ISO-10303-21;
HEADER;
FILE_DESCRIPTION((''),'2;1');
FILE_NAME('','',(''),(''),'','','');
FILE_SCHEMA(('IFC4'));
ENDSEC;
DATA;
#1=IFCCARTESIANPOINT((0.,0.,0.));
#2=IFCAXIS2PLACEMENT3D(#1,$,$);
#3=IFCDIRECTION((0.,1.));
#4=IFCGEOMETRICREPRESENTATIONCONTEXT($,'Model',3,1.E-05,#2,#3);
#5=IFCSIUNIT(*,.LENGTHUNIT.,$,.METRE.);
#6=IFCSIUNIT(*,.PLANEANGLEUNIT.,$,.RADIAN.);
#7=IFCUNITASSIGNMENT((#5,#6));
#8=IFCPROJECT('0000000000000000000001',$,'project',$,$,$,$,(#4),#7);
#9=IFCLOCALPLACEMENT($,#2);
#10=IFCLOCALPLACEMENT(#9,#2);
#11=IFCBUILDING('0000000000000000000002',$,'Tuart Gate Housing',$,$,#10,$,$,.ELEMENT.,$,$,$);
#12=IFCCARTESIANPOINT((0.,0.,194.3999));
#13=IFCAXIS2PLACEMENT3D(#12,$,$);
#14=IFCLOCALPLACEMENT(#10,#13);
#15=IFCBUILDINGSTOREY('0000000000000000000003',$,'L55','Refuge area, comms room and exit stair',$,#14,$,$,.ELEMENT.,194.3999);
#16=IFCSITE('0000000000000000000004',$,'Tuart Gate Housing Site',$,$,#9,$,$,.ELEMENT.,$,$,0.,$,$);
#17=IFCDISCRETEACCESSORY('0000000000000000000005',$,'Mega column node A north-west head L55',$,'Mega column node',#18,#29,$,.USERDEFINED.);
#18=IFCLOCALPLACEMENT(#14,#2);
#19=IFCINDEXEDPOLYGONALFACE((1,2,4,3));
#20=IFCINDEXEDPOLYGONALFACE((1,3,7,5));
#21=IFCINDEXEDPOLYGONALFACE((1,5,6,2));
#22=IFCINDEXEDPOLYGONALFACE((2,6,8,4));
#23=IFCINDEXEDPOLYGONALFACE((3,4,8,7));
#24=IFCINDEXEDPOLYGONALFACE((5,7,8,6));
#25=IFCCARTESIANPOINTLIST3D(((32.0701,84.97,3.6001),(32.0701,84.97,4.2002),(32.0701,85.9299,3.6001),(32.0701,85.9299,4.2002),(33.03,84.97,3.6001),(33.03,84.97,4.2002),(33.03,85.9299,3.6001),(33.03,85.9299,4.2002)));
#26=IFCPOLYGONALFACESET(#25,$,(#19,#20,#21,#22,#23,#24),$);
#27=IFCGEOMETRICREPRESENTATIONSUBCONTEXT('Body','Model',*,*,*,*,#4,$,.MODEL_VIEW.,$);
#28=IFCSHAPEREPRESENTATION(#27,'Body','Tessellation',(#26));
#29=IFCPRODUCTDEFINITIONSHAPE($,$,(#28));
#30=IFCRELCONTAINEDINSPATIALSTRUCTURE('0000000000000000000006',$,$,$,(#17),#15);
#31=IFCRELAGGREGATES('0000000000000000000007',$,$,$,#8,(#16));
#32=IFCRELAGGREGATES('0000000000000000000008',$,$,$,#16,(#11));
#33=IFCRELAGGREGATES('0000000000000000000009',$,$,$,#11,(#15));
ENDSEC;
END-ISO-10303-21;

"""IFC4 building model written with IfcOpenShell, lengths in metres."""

from ifc_helpers import new_model, si_unit, direction, frame, origin, origin_2d, place, context, subcontext, project, spatial, rectangle, extrude, element, save


model = new_model("IFC4")

# Units and contexts
model_context = context("Model", 3, precision=1e-05, world=origin(), true_north=direction((0.0, 1.0)))
body_context = subcontext(model_context, "Body", "Model", "MODEL_VIEW")
ifc_project = project(units=[si_unit("LENGTHUNIT", "METRE"), si_unit("PLANEANGLEUNIT", "RADIAN")], contexts=[model_context])

# Site, building, storey
site_placement = place(None, origin())
site = spatial("IfcSite", under=ifc_project, at=site_placement, Name="Tuart Gate Housing Site", CompositionType="ELEMENT", RefElevation=0.0)
building_placement = place(site_placement, origin())
building = spatial("IfcBuilding", under=site, at=building_placement, Name="Tuart Gate Housing", CompositionType="ELEMENT")
storey_placement = place(building_placement, frame((0.0, 0.0, 194.3999)))
storey = spatial("IfcBuildingStorey", under=building, at=storey_placement, Name="L55", Description="Refuge area, comms room and exit stair", CompositionType="ELEMENT", Elevation=194.3999)

# Discrete accessory
discrete_accessory_placement = place(storey_placement, frame((32.55, 85.45, 3.6001), z_axis=(0.0, 0.0, 1.0), x_axis=(1.0, 0.0, 0.0)))
element("IfcDiscreteAccessory", 1, at=discrete_accessory_placement, inside=storey, Name="Mega column node A north-west head L55", ObjectType="Mega column node", PredefinedType="USERDEFINED", context=body_context, shape_type="SweptSolid", body=[
    extrude(rectangle(XDim=0.96, YDim=0.96, at=origin_2d()), origin(), (0.0, 0.0, 1.0), 0.6001),
])

save(model, "model.ifc")
